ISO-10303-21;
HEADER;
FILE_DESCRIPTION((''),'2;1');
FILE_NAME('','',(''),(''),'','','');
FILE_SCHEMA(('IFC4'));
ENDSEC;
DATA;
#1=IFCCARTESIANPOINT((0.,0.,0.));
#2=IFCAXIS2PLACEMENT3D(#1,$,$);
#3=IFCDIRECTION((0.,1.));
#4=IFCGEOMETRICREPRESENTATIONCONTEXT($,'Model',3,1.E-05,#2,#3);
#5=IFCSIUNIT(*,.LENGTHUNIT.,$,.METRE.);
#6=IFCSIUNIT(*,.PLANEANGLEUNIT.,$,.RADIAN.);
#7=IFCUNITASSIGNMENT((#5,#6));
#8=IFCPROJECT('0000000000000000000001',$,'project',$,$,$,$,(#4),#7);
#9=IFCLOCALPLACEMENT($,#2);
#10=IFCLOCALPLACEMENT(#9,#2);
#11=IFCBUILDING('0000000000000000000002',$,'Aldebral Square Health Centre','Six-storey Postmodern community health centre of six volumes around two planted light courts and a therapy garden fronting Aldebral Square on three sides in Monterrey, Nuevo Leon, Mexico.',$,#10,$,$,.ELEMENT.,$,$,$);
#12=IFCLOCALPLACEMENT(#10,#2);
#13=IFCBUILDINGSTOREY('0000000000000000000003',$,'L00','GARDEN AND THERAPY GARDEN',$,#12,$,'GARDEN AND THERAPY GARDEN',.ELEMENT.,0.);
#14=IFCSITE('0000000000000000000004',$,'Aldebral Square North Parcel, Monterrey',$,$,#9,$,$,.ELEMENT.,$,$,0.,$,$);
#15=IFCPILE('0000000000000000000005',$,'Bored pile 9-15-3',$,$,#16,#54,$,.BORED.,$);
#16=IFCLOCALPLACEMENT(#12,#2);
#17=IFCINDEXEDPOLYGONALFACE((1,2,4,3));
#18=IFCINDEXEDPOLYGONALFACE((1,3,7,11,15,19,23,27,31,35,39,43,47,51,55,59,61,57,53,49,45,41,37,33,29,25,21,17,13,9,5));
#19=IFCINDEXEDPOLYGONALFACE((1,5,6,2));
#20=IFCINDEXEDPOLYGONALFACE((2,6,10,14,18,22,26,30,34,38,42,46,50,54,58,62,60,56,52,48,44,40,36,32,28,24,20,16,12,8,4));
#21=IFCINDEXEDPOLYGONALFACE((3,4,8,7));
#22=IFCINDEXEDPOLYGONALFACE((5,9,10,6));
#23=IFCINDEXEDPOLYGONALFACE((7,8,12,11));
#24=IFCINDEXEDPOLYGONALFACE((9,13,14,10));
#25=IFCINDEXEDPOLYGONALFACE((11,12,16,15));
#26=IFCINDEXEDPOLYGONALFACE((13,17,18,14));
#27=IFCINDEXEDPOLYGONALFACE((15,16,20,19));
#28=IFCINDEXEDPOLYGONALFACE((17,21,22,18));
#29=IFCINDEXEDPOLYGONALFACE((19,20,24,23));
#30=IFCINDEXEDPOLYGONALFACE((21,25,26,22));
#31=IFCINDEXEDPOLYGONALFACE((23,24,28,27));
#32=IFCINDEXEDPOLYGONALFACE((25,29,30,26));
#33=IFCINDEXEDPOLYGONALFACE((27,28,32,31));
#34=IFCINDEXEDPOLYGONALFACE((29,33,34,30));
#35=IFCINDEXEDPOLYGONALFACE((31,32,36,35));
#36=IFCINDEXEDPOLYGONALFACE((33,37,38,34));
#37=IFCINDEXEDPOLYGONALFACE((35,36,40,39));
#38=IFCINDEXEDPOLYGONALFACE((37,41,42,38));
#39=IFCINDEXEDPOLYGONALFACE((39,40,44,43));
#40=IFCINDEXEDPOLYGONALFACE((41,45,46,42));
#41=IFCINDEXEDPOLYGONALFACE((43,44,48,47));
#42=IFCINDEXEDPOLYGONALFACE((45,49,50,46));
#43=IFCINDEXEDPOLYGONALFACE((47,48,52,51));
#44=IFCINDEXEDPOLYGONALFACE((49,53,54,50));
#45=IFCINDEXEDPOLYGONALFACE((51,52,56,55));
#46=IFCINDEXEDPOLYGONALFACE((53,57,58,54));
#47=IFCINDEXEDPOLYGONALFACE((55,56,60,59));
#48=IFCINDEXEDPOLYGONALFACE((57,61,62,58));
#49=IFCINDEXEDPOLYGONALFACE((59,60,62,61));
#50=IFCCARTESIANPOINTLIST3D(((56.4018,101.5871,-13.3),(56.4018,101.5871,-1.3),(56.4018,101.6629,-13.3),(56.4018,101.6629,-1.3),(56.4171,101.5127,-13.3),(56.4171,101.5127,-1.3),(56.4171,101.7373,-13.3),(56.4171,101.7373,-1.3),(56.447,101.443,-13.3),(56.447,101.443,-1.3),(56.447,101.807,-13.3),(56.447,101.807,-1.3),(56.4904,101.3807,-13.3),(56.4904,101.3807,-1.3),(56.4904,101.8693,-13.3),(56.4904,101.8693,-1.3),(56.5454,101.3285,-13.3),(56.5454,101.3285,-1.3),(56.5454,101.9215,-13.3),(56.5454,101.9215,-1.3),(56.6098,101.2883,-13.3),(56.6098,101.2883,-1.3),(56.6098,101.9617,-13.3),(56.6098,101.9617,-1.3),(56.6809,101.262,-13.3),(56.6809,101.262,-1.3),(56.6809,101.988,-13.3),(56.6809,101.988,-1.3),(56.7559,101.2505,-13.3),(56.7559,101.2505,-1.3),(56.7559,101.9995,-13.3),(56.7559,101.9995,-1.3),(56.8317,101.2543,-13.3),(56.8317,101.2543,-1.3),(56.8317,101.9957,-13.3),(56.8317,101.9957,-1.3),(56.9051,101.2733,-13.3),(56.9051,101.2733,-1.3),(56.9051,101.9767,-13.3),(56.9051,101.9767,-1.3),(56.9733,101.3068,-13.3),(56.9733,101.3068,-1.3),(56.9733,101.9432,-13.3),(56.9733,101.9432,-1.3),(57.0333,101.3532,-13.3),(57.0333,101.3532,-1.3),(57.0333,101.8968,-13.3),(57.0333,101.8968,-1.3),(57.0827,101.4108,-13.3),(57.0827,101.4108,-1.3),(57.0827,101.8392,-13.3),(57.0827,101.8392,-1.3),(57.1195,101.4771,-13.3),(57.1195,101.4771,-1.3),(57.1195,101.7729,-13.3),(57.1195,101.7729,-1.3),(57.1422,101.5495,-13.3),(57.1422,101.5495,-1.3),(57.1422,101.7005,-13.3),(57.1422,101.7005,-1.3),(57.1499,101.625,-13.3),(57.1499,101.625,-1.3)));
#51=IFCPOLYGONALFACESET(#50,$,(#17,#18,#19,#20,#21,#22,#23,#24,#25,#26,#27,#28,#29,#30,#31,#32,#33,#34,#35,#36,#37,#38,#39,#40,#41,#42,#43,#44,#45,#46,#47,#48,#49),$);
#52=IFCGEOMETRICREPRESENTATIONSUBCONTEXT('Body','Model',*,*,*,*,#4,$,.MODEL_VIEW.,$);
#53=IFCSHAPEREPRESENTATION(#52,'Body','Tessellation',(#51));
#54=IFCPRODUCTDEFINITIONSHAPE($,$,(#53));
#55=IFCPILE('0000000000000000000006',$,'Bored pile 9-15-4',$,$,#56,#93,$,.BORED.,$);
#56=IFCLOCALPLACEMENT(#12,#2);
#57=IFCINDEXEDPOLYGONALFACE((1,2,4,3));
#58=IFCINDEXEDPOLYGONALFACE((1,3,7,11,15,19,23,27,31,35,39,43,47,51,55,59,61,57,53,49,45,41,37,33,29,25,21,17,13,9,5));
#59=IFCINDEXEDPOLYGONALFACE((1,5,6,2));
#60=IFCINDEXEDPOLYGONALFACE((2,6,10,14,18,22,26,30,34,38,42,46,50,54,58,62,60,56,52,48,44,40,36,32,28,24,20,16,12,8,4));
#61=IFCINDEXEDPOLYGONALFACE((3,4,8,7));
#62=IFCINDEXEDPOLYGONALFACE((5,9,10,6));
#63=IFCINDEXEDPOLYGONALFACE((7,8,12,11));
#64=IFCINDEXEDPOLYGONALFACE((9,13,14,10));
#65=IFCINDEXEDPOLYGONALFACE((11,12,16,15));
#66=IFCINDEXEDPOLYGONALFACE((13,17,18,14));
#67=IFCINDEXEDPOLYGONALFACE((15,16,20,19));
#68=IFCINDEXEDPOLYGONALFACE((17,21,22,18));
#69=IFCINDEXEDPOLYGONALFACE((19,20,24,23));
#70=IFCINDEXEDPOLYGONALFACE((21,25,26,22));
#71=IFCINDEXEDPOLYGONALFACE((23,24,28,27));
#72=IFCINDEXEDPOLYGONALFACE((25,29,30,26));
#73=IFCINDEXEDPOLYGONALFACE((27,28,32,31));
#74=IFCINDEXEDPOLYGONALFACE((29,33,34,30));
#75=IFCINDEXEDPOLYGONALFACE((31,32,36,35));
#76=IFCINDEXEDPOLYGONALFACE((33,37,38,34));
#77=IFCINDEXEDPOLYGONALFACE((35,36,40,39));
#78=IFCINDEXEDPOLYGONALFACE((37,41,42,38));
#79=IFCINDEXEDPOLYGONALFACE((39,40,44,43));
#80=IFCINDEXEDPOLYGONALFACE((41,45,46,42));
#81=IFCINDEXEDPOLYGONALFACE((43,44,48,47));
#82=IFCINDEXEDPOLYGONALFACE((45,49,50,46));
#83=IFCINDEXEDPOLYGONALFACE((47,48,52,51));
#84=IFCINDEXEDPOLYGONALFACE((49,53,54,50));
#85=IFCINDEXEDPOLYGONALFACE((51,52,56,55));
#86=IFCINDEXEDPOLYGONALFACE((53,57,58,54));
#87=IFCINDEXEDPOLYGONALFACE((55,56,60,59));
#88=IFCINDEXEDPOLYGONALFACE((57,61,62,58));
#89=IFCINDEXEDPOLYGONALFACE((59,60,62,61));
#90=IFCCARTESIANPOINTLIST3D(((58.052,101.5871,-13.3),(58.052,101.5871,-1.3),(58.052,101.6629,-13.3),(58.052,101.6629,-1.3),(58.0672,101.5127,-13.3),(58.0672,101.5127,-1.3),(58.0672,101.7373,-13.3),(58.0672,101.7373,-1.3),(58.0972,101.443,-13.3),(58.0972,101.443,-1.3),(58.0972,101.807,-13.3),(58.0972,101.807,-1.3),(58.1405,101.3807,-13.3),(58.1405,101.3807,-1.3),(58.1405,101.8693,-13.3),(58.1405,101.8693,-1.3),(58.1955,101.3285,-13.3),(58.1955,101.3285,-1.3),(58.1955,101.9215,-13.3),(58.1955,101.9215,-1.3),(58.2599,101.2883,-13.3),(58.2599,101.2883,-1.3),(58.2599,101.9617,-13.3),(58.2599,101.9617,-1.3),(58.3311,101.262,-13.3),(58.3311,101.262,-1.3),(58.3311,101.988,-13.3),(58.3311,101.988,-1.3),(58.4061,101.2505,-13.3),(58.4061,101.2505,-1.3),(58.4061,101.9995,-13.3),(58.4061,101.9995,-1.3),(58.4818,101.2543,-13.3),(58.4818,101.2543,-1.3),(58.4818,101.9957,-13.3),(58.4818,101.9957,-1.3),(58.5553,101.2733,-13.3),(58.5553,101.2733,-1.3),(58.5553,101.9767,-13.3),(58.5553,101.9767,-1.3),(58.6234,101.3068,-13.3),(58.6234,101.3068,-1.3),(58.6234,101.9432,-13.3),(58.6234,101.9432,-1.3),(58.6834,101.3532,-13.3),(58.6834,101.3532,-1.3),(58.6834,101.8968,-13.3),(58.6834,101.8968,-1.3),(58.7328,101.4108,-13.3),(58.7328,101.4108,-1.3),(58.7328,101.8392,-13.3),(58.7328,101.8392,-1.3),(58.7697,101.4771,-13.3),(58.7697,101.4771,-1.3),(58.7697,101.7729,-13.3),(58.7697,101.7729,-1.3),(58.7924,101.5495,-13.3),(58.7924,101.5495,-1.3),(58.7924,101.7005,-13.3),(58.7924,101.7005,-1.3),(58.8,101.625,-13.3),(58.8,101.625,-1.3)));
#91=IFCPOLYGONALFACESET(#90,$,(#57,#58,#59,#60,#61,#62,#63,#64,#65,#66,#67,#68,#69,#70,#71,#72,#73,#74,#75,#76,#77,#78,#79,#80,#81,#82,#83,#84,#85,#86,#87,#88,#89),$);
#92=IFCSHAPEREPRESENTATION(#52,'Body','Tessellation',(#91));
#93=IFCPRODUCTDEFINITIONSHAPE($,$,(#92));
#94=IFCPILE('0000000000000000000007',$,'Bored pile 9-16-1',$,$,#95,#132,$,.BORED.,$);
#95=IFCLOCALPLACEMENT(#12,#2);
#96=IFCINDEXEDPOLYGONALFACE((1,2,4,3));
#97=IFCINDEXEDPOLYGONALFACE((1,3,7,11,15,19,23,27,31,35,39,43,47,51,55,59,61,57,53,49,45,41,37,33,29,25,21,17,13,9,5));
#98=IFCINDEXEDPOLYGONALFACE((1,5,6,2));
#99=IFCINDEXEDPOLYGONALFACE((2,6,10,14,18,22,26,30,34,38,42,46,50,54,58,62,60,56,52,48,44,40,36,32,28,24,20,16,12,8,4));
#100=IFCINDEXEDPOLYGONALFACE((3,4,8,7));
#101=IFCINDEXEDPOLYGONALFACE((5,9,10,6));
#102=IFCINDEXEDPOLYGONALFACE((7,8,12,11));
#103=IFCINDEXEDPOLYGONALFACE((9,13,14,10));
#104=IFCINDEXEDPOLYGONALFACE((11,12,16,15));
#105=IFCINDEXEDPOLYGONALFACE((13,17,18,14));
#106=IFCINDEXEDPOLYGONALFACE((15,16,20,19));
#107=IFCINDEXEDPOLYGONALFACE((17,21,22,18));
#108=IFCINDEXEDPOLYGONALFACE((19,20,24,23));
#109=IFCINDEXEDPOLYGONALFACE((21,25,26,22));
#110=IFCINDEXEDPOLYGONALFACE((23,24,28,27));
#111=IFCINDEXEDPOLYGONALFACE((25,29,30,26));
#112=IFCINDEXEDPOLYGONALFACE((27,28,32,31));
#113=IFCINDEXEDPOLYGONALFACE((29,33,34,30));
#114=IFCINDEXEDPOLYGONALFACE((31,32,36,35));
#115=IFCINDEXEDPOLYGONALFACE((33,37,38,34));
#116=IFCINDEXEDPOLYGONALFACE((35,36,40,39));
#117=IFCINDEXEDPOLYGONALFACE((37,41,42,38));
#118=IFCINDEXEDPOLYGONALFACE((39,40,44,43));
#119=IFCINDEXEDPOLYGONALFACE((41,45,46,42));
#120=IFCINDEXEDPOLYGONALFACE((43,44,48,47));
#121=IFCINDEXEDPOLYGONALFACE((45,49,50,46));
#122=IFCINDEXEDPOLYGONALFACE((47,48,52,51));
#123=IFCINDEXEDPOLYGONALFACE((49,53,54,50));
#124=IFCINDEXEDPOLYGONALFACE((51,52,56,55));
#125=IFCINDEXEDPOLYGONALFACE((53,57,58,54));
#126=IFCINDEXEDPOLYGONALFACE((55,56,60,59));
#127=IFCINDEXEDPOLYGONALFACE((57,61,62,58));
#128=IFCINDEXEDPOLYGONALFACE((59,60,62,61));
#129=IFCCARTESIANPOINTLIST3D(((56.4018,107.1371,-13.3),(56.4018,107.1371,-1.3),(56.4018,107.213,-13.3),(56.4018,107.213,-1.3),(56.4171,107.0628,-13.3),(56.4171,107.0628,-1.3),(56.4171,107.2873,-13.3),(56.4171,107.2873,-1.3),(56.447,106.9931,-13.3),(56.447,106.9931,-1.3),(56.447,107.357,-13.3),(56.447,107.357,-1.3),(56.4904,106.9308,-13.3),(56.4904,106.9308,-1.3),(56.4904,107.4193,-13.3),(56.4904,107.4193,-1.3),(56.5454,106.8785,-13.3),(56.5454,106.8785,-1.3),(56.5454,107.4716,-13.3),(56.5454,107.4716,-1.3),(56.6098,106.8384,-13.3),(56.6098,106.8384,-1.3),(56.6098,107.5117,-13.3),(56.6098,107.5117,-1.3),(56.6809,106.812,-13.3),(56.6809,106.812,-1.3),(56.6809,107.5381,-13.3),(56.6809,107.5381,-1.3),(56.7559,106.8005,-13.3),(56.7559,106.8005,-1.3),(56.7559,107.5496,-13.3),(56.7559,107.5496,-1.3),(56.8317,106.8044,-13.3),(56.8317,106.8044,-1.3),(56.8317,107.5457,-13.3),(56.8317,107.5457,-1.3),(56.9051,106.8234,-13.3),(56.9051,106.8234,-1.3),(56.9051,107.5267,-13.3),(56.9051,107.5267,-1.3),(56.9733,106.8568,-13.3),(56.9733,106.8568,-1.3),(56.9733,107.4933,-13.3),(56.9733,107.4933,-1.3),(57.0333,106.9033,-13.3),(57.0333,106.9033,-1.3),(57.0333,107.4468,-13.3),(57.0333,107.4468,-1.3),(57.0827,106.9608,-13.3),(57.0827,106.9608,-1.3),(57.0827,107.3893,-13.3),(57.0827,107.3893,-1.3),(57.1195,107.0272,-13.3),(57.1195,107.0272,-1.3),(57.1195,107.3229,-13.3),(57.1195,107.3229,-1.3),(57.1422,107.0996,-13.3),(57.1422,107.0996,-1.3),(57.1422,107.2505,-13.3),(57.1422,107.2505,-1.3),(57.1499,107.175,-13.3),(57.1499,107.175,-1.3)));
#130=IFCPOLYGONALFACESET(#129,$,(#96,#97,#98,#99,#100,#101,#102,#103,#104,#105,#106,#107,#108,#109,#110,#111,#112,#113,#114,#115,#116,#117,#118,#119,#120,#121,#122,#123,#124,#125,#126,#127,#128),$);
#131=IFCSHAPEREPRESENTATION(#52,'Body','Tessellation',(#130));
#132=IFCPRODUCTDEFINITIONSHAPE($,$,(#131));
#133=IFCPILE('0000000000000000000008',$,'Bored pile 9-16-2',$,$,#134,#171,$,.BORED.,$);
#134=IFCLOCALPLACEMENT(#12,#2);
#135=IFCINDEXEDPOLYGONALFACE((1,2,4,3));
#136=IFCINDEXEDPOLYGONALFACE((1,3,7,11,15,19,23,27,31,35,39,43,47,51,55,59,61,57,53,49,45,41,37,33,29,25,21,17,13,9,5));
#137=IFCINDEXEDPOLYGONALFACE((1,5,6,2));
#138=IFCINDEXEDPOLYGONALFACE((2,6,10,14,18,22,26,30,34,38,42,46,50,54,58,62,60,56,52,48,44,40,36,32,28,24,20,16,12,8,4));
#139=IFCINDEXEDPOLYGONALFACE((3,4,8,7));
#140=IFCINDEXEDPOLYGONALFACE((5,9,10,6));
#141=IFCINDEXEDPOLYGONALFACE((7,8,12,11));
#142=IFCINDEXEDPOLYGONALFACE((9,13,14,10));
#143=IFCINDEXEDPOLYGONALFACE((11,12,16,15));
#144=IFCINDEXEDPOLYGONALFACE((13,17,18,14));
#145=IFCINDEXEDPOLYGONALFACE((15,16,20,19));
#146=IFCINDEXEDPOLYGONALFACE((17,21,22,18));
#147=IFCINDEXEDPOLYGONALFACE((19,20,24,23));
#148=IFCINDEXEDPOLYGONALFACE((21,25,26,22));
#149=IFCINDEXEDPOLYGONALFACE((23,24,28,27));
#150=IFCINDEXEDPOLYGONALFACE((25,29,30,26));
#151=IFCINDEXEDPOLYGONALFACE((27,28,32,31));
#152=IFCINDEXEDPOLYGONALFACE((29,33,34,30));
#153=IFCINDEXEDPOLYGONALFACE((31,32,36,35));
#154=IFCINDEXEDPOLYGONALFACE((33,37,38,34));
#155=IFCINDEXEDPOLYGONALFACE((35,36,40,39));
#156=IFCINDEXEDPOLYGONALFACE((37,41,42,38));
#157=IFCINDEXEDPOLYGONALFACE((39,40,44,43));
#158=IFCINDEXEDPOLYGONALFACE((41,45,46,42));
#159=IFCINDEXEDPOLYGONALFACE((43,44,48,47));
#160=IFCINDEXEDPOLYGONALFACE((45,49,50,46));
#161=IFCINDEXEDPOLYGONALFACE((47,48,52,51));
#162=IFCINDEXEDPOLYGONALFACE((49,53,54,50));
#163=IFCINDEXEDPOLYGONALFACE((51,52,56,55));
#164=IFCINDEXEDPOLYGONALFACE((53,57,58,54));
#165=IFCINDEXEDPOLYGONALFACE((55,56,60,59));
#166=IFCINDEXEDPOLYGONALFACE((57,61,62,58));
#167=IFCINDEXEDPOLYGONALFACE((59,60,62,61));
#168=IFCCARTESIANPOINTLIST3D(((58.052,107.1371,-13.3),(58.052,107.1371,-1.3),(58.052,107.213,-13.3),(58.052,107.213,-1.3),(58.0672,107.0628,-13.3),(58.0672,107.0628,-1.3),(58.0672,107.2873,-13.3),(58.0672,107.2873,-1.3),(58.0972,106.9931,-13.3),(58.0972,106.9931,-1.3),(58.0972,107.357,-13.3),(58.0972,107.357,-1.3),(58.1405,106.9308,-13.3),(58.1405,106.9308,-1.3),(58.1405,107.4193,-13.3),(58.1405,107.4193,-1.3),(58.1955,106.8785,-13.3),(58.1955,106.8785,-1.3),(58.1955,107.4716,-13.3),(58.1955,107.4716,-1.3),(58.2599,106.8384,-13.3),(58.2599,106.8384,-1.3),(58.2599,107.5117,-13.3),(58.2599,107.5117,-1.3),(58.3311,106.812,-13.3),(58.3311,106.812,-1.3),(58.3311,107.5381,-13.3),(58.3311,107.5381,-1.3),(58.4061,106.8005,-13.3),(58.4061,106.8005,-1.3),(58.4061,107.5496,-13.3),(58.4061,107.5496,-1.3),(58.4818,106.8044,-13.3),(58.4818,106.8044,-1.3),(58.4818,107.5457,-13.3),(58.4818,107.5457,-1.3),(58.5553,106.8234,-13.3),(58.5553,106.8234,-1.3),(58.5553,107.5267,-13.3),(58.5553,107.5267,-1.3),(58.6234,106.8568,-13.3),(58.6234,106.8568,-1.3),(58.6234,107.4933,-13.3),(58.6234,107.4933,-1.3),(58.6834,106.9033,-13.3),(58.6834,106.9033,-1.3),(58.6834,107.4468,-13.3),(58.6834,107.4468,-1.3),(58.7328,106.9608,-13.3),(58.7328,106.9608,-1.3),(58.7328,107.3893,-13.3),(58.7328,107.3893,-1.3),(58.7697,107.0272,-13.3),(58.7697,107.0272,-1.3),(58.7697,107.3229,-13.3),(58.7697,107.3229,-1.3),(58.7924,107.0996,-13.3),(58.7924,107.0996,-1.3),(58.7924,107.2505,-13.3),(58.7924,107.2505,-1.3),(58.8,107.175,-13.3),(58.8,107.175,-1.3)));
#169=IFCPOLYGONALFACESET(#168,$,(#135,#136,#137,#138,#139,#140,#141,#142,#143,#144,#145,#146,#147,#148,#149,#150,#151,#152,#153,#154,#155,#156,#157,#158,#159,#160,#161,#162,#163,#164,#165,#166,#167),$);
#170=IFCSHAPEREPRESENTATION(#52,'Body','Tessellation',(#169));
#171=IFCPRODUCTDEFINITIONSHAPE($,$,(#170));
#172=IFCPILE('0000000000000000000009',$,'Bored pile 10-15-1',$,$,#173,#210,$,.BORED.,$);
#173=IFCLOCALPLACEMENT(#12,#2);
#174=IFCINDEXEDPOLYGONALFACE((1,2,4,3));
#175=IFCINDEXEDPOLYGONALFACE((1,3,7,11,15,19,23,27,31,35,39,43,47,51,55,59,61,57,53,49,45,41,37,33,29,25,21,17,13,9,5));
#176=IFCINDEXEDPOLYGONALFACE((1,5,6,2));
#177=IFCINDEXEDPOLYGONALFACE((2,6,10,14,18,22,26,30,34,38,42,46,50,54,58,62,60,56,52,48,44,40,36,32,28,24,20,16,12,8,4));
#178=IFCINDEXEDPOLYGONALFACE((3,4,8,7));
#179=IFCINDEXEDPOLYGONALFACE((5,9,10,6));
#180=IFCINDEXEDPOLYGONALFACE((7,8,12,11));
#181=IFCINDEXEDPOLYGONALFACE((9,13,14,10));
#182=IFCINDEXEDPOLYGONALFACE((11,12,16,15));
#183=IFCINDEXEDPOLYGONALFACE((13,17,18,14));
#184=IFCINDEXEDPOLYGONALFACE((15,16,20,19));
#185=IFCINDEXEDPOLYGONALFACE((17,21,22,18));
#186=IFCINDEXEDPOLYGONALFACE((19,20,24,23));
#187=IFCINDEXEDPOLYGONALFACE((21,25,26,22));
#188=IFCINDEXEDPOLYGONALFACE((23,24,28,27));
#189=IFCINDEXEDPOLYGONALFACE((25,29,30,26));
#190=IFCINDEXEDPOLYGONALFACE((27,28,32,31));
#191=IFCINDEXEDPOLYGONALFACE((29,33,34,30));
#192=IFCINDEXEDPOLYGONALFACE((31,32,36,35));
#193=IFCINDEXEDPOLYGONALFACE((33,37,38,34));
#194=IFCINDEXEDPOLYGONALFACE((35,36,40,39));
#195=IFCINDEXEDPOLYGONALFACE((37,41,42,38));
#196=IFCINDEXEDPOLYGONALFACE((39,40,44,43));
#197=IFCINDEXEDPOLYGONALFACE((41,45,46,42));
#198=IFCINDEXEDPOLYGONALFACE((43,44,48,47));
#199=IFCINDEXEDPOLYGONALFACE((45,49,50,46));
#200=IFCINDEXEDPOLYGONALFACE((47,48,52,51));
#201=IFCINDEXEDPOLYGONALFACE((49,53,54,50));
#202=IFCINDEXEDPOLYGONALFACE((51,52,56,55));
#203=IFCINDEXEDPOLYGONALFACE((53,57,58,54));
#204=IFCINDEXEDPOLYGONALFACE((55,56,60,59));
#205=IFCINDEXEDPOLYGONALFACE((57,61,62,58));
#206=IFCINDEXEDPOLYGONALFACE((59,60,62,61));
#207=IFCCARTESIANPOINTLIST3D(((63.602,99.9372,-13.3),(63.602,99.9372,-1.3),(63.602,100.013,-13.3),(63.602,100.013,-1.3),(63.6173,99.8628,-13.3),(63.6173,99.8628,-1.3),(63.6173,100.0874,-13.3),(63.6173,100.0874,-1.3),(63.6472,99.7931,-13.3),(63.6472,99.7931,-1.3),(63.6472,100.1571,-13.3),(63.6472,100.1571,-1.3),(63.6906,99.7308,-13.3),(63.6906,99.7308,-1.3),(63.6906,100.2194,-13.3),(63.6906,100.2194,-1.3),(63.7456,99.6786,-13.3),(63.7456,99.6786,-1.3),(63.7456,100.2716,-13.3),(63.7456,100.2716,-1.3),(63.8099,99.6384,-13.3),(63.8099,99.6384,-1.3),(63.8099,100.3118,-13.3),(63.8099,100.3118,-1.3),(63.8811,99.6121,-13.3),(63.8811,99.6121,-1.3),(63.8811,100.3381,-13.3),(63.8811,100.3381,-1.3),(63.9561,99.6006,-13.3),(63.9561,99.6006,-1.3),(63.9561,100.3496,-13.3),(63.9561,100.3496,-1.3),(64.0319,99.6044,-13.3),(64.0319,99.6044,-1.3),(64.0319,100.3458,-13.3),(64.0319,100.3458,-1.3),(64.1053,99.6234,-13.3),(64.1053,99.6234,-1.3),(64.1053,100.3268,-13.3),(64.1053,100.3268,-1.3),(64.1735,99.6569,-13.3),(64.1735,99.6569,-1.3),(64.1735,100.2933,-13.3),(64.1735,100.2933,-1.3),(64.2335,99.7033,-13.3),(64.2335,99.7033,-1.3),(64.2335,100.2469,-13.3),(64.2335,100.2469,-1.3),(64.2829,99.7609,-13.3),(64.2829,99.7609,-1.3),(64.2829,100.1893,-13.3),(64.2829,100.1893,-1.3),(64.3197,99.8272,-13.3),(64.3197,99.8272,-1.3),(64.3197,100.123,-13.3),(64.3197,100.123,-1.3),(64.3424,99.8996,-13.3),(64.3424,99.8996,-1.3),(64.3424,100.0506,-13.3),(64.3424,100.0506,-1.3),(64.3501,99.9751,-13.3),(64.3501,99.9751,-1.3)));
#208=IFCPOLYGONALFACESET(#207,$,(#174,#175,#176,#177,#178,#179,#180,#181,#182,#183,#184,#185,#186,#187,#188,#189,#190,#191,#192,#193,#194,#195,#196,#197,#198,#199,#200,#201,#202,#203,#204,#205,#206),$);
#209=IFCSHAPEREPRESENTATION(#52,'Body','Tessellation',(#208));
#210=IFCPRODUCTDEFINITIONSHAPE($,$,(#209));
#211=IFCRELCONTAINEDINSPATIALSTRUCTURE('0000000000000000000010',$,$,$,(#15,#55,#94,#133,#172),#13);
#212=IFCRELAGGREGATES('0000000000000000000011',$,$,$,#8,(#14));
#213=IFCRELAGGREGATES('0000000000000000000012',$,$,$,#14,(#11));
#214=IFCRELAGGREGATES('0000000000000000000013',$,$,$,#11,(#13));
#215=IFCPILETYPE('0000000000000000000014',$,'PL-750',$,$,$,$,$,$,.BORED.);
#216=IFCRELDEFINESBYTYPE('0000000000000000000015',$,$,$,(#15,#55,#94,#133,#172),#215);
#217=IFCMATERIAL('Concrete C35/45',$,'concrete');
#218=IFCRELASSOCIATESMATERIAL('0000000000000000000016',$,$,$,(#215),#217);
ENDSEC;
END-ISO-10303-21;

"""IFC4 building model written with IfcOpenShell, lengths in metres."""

from ifc_helpers import new_model, si_unit, direction, frame, origin, origin_2d, place, context, subcontext, project, spatial, circle, extrude, material, material_profile, profile_set, type_object, element, save


model = new_model("IFC4")

# Units and contexts
model_context = context("Model", 3, precision=1e-05, world=origin(), true_north=direction((0.0, 1.0)))
body_context = subcontext(model_context, "Body", "Model", "MODEL_VIEW")
ifc_project = project(units=[si_unit("LENGTHUNIT", "METRE"), si_unit("PLANEANGLEUNIT", "RADIAN")], contexts=[model_context])

# Site, building, storey
site_placement = place(None, origin())
site = spatial("IfcSite", under=ifc_project, at=site_placement, Name="Aldebral Square North Parcel, Monterrey", CompositionType="ELEMENT", RefElevation=0.0)
building_placement = place(site_placement, origin())
building = spatial("IfcBuilding", under=site, at=building_placement, Name="Aldebral Square Health Centre", Description="Six-storey Postmodern community health centre of six volumes around two planted light courts and a therapy garden fronting Aldebral Square on three sides in Monterrey, Nuevo Leon, Mexico.", CompositionType="ELEMENT")
storey_placement = place(building_placement, origin())
storey = spatial("IfcBuildingStorey", under=building, at=storey_placement, Name="L00", Description="GARDEN AND THERAPY GARDEN", LongName="GARDEN AND THERAPY GARDEN", CompositionType="ELEMENT", Elevation=0.0)

# Shared definitions
ifc_material_1 = material(Name="Concrete C35/45", Category="concrete")

# Piles
ifc_material_profile_1 = material_profile(ifc_material_1, circle(Radius=0.375, at=origin_2d()), Name="PILE D750")
ifc_profile_set_1 = profile_set([ifc_material_profile_1], Name="Concrete C35/45")
pile_type = type_object("IfcPileType", Name="PL-750", PredefinedType="BORED", material=ifc_profile_set_1)
for number, where, z_axis, x_axis, name in (
    (1, (56.7749, 101.625, -1.3), (0.0, 0.0, -1.0), (1.0, 0.0, 0.0), "Bored pile 9-15-3"),
    (2, (58.425, 101.625, -1.3), (0.0, 0.0, -1.0), (1.0, 0.0, 0.0), "Bored pile 9-15-4"),
    (3, (56.7749, 107.175, -1.3), (0.0, 0.0, -1.0), (1.0, 0.0, 0.0), "Bored pile 9-16-1"),
    (4, (58.425, 107.175, -1.3), (0.0, 0.0, -1.0), (1.0, 0.0, 0.0), "Bored pile 9-16-2"),
    (5, (63.9751, 99.9751, -1.3), (0.0, 0.0, -1.0), (1.0, 0.0, 0.0), "Bored pile 10-15-1"),
):
    element("IfcPile", number, at=place(storey_placement, frame(where, z_axis=z_axis, x_axis=x_axis)), inside=storey, type_object=pile_type, Name=name, PredefinedType="BORED", context=body_context, shape_type="SweptSolid", body=[
        extrude(circle(Radius=0.375, at=origin_2d()), origin(), (0.0, 0.0, 1.0), 12.0),
    ])

save(model, "model.ifc")
